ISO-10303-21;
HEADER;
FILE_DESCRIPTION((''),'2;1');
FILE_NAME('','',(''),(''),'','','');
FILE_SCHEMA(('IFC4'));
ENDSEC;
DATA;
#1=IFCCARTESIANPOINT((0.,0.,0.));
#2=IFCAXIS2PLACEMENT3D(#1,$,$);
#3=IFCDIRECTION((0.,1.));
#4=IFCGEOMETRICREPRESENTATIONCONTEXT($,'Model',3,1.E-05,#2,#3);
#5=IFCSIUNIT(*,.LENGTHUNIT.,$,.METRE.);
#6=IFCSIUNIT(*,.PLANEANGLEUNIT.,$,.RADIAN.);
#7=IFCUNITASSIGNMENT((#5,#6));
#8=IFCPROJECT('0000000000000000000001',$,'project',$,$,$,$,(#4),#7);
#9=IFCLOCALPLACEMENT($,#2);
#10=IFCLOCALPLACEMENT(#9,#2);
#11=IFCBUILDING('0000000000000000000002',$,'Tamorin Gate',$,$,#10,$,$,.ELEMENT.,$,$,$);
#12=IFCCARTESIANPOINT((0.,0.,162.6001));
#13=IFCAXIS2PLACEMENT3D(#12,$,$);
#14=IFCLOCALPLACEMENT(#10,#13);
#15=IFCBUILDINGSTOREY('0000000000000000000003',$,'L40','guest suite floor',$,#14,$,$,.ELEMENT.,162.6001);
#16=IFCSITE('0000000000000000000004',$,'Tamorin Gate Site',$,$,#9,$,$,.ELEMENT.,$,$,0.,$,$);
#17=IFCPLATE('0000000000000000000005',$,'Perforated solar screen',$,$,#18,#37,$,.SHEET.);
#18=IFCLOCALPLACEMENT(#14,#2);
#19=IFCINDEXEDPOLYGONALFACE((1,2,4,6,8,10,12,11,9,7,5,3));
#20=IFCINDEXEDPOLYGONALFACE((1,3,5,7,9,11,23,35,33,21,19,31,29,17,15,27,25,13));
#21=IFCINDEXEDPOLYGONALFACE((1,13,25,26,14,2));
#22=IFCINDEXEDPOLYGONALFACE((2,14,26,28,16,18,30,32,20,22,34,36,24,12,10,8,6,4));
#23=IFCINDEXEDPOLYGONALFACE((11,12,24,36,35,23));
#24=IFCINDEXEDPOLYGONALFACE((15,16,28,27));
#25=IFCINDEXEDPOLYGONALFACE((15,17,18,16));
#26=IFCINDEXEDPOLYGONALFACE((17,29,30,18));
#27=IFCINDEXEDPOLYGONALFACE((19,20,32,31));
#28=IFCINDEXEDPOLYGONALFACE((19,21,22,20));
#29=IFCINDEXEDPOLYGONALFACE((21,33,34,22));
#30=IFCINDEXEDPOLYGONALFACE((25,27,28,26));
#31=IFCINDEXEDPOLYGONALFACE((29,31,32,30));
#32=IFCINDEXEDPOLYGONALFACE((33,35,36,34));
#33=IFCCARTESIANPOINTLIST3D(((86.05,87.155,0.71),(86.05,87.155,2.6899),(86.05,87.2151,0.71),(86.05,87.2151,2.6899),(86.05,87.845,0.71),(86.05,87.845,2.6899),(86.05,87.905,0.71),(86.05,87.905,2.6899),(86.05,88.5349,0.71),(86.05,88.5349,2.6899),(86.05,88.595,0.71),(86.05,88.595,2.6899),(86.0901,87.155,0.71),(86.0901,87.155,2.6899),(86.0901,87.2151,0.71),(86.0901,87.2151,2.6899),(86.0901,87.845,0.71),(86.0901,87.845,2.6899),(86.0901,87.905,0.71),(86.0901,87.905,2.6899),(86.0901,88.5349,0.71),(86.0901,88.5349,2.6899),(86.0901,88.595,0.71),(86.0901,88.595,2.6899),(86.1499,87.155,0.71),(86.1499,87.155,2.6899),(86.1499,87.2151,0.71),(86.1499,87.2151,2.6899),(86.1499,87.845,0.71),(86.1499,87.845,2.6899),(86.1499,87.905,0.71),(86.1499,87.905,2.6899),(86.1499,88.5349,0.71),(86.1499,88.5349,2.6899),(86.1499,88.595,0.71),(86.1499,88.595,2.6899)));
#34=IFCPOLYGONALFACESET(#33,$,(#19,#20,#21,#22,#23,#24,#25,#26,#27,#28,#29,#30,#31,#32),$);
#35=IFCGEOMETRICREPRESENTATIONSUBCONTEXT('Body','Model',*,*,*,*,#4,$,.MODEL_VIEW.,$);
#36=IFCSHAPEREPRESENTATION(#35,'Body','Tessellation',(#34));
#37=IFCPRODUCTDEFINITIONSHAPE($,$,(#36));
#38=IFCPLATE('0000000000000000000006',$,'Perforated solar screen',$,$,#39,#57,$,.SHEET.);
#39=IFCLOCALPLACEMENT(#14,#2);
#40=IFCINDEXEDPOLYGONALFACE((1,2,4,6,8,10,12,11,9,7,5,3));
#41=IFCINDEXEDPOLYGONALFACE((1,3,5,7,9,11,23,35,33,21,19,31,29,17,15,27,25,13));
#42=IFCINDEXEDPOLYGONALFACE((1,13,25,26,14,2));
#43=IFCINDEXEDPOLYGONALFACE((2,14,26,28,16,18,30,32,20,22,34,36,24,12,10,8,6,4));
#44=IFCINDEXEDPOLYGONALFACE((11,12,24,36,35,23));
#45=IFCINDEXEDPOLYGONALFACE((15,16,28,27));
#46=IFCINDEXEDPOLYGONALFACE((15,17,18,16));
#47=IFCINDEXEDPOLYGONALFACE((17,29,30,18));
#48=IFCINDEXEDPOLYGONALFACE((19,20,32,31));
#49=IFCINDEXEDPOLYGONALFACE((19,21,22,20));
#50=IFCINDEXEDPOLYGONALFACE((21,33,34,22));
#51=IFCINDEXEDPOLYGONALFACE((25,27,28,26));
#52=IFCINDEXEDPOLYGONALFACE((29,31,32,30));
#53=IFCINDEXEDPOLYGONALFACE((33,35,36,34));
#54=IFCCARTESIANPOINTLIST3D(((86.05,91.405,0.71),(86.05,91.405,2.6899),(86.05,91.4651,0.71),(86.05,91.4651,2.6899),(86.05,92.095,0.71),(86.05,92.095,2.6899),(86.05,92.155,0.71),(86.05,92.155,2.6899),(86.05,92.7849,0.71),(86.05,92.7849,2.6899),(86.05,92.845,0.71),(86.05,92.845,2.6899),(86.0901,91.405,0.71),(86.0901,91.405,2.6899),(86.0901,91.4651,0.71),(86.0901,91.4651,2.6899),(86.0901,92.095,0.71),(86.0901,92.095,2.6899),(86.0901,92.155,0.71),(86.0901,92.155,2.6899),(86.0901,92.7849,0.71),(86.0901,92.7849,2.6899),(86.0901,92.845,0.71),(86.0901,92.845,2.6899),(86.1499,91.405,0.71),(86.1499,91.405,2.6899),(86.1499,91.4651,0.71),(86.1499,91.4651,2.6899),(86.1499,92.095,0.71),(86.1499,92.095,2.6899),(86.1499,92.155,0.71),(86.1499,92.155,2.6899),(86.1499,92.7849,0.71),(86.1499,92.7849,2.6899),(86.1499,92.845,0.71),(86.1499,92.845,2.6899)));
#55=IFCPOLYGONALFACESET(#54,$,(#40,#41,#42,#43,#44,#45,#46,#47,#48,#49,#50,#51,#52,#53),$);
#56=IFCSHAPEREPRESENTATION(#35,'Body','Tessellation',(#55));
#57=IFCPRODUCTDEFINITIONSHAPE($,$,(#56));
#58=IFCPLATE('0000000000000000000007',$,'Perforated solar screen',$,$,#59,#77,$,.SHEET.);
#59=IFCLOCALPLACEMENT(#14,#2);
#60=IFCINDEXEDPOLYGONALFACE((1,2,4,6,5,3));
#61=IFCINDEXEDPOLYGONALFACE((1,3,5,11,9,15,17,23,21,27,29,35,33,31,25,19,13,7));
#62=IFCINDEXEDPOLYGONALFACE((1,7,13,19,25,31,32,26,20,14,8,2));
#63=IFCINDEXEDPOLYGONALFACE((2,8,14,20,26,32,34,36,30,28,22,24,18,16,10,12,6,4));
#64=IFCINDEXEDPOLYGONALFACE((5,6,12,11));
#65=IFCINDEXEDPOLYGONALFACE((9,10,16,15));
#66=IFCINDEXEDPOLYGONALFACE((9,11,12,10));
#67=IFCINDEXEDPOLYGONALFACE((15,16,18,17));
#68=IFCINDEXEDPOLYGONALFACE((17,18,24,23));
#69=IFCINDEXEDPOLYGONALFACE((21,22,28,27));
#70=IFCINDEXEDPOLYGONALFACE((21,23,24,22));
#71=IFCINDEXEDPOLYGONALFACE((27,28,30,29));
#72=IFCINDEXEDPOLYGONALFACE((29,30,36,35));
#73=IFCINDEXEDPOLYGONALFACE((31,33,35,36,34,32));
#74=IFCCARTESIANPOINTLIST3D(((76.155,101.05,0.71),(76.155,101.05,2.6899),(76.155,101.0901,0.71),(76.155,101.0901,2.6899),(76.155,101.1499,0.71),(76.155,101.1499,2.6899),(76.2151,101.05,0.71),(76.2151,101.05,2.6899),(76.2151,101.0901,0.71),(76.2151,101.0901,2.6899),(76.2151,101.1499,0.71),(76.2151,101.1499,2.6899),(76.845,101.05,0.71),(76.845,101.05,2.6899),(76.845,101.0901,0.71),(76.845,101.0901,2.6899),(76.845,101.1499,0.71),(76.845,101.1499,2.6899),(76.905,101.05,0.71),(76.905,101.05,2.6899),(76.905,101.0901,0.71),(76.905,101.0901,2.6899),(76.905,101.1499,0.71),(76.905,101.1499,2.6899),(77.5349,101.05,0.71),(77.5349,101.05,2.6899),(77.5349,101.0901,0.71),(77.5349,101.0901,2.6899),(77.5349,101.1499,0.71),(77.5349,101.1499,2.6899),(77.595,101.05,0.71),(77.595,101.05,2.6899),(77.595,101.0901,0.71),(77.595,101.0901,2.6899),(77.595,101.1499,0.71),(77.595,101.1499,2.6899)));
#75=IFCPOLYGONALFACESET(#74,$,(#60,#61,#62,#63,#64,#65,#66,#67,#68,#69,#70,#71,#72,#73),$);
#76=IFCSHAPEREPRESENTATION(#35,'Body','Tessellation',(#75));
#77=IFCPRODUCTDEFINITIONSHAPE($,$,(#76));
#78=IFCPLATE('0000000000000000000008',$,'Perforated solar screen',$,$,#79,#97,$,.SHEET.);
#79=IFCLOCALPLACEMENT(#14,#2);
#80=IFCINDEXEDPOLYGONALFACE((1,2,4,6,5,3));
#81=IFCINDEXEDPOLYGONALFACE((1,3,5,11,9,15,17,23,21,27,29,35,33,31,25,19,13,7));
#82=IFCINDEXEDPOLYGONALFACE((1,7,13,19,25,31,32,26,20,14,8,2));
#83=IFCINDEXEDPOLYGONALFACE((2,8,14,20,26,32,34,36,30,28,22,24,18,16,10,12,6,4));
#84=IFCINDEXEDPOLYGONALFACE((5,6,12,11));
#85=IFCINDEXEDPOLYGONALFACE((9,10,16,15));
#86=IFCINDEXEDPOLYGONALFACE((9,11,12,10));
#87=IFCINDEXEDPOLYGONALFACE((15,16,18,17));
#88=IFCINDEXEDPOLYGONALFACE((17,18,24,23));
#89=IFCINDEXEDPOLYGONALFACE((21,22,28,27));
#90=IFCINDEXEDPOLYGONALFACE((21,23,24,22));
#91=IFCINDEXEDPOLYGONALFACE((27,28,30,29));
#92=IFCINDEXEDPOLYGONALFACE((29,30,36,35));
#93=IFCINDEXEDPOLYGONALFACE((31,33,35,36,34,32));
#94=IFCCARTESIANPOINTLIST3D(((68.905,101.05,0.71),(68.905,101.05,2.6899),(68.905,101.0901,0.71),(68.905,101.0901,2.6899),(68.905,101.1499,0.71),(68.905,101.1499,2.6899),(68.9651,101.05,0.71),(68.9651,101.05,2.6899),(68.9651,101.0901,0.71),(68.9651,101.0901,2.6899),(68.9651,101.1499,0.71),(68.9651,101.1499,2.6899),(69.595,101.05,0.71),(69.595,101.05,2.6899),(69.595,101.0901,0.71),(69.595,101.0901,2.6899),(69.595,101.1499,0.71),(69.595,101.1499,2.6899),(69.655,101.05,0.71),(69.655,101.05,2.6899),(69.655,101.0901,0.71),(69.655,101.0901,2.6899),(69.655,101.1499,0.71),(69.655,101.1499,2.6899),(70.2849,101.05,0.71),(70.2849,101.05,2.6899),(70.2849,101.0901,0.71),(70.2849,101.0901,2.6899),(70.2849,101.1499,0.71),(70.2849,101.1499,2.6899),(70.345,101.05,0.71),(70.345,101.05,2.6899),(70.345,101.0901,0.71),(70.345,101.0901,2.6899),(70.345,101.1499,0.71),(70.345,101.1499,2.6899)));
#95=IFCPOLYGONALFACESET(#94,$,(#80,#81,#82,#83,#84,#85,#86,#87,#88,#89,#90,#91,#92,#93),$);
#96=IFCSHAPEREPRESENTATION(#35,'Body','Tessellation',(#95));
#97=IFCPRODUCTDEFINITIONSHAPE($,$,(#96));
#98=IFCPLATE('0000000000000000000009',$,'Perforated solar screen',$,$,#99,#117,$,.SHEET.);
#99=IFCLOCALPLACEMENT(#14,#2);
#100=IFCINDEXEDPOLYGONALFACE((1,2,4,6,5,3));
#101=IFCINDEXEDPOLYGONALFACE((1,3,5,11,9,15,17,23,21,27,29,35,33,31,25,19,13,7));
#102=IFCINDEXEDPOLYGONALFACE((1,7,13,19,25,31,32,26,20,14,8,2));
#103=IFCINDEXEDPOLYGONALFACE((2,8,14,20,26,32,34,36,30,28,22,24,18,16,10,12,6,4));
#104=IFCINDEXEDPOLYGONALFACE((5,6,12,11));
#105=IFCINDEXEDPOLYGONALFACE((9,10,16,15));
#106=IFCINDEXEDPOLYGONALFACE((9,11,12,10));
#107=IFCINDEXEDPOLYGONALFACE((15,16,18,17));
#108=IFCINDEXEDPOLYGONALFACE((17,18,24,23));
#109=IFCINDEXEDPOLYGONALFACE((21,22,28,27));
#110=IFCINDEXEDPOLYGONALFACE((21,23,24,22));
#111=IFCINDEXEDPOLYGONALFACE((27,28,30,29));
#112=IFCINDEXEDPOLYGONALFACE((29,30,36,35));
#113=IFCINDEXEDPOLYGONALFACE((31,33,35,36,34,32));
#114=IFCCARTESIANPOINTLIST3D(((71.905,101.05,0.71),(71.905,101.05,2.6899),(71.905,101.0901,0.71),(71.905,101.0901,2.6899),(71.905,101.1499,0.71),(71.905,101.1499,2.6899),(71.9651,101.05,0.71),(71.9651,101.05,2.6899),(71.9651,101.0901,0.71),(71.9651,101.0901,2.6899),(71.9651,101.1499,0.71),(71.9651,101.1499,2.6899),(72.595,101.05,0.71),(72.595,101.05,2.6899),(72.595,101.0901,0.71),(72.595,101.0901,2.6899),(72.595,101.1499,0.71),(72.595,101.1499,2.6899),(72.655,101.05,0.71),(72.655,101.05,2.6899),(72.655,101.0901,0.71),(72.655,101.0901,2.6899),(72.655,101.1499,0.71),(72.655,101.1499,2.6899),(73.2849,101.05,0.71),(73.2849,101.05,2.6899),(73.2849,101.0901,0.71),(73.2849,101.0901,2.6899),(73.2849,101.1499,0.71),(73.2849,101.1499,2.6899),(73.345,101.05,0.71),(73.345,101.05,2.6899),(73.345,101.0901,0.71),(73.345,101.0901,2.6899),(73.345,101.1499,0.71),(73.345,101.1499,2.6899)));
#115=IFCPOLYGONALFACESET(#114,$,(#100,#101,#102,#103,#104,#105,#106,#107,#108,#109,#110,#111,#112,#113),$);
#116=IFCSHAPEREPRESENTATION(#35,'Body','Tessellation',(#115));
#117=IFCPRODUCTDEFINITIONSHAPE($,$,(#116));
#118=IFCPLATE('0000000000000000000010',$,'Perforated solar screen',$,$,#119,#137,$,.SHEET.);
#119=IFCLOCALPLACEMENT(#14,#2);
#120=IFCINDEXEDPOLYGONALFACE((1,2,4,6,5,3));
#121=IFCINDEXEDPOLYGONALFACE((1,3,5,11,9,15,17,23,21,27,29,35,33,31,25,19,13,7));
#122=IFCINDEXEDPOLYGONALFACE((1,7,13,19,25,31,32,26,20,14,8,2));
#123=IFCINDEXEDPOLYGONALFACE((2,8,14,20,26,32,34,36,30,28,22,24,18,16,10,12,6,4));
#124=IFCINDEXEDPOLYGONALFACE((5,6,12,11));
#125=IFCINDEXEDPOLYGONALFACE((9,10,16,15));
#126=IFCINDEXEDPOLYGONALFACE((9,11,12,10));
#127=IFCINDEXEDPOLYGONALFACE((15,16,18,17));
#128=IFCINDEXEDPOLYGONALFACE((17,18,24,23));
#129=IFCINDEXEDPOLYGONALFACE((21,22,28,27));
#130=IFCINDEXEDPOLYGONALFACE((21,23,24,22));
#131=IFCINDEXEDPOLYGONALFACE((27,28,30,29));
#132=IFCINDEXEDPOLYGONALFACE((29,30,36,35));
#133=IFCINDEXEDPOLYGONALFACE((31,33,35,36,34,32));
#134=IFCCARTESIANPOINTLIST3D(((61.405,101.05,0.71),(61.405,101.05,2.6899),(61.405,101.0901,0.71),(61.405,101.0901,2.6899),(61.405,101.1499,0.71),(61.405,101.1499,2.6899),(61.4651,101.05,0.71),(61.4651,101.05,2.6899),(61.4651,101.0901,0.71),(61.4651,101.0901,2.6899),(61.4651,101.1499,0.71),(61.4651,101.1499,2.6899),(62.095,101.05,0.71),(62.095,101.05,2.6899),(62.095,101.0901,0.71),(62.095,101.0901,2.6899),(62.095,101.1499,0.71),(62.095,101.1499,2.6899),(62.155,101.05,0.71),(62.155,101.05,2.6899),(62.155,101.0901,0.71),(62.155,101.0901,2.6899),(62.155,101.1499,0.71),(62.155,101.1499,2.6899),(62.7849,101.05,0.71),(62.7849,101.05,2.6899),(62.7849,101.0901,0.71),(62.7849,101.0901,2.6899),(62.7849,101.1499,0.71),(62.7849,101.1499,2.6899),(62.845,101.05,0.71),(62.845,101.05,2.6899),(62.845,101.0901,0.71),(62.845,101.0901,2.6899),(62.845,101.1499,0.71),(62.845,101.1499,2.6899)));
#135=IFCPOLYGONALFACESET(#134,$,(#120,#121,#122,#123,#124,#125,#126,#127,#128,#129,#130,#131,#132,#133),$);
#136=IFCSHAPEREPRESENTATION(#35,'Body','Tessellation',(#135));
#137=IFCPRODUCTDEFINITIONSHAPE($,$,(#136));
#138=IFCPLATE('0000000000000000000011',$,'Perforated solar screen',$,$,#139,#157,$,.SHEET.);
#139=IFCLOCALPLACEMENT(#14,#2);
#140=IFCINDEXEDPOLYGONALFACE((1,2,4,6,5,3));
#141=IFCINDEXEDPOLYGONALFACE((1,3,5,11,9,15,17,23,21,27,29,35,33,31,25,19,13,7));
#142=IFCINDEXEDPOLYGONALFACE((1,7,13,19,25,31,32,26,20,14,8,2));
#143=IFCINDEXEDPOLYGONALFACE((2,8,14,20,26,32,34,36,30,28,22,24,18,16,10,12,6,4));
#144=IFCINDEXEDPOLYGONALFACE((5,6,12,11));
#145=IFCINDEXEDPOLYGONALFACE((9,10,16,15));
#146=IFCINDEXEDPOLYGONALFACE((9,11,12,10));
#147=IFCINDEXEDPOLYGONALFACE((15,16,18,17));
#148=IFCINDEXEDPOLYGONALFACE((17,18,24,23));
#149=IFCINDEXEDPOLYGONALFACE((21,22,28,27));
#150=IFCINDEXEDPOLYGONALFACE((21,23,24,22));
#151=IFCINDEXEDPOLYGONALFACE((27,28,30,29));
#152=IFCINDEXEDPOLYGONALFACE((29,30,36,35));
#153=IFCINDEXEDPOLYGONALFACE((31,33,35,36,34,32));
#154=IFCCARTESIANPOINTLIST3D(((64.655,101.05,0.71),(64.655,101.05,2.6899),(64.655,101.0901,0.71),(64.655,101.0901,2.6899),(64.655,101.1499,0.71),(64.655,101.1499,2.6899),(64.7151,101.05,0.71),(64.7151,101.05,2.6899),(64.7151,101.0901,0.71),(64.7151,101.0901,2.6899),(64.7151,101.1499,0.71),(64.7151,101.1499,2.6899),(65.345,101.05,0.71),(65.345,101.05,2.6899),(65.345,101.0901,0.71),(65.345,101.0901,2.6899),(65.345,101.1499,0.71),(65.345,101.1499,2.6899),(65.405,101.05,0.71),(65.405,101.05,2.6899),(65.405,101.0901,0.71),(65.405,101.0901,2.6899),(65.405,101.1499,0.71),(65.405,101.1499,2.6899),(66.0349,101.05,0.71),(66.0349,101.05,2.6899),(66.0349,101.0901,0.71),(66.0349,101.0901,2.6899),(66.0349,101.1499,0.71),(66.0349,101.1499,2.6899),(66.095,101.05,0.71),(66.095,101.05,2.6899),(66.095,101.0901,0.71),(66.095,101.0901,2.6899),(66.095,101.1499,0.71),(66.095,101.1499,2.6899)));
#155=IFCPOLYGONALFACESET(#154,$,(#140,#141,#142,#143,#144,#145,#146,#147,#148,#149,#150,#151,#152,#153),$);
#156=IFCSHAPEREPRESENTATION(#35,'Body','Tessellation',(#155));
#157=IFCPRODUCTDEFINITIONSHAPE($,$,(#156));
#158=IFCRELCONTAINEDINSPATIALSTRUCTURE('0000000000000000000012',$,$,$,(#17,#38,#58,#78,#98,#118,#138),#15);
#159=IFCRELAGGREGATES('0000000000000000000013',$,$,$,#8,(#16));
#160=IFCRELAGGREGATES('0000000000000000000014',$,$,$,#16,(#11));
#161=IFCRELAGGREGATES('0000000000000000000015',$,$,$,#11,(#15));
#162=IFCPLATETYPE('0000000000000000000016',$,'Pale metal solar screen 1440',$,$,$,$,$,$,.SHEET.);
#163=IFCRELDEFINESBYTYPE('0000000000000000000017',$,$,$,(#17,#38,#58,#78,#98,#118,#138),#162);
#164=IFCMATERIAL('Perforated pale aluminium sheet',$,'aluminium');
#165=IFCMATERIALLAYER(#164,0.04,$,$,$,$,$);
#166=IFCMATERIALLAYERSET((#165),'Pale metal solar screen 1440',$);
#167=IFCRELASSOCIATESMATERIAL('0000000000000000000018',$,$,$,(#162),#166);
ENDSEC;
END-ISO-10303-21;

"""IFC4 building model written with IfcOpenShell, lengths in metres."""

from ifc_helpers import new_model, si_unit, direction, frame, origin, place, context, subcontext, project, spatial, polyline, outline, extrude, material, layer, layer_set, type_object, element, save


model = new_model("IFC4")

# Units and contexts
model_context = context("Model", 3, precision=1e-05, world=origin(), true_north=direction((0.0, 1.0)))
body_context = subcontext(model_context, "Body", "Model", "MODEL_VIEW")
ifc_project = project(units=[si_unit("LENGTHUNIT", "METRE"), si_unit("PLANEANGLEUNIT", "RADIAN")], contexts=[model_context])

# Site, building, storey
site_placement = place(None, origin())
site = spatial("IfcSite", under=ifc_project, at=site_placement, Name="Tamorin Gate Site", CompositionType="ELEMENT", RefElevation=0.0)
building_placement = place(site_placement, origin())
building = spatial("IfcBuilding", under=site, at=building_placement, Name="Tamorin Gate", CompositionType="ELEMENT")
storey_placement = place(building_placement, frame((0.0, 0.0, 162.6001)))
storey = spatial("IfcBuildingStorey", under=building, at=storey_placement, Name="L40", Description="guest suite floor", CompositionType="ELEMENT", Elevation=162.6001)

# Plates
ifc_material = material(Name="Perforated pale aluminium sheet", Category="aluminium")
ifc_layer_1 = layer(ifc_material, 0.04)
ifc_layer_set_1 = layer_set([ifc_layer_1], Name="Pale metal solar screen 1440")
plate_type_1 = type_object("IfcPlateType", Name="Pale metal solar screen 1440", PredefinedType="SHEET", material=ifc_layer_set_1)
plate_1_placement = place(storey_placement, frame((0.0, 0.0, 0.71)))
element("IfcPlate", 1, at=plate_1_placement, inside=storey, type_object=plate_type_1, Name="Perforated solar screen", PredefinedType="SHEET", context=body_context, shape_type="SweptSolid", body=[
    extrude(outline(polyline([(86.0901, 87.155), (86.05, 87.155), (86.05, 87.2151), (86.05, 87.845), (86.05, 87.905), (86.05, 88.5349), (86.05, 88.595), (86.0901, 88.595), (86.1499, 88.595), (86.1499, 88.5349), (86.0901, 88.5349), (86.0901, 87.905), (86.1499, 87.905), (86.1499, 87.845), (86.0901, 87.845), (86.0901, 87.2151), (86.1499, 87.2151), (86.1499, 87.155), (86.0901, 87.155)])), origin(), (0.0, 0.0, 1.0), 1.98),
])
plate_2_placement = place(storey_placement, frame((0.0, 0.0, 0.71)))
element("IfcPlate", 2, at=plate_2_placement, inside=storey, type_object=plate_type_1, Name="Perforated solar screen", PredefinedType="SHEET", context=body_context, shape_type="SweptSolid", body=[
    extrude(outline(polyline([(86.0901, 91.405), (86.05, 91.405), (86.05, 91.4651), (86.05, 92.095), (86.05, 92.155), (86.05, 92.7849), (86.05, 92.845), (86.0901, 92.845), (86.1499, 92.845), (86.1499, 92.7849), (86.0901, 92.7849), (86.0901, 92.155), (86.1499, 92.155), (86.1499, 92.095), (86.0901, 92.095), (86.0901, 91.4651), (86.1499, 91.4651), (86.1499, 91.405), (86.0901, 91.405)])), origin(), (0.0, 0.0, 1.0), 1.98),
])
plate_3_placement = place(storey_placement, frame((0.0, 0.0, 0.71)))
element("IfcPlate", 3, at=plate_3_placement, inside=storey, type_object=plate_type_1, Name="Perforated solar screen", PredefinedType="SHEET", context=body_context, shape_type="SweptSolid", body=[
    extrude(outline(polyline([(77.595, 101.0901), (77.595, 101.05), (77.5349, 101.05), (76.905, 101.05), (76.845, 101.05), (76.2151, 101.05), (76.155, 101.05), (76.155, 101.05), (76.155, 101.0901), (76.155, 101.0901), (76.155, 101.1499), (76.2151, 101.1499), (76.2151, 101.0901), (76.845, 101.0901), (76.845, 101.1499), (76.905, 101.1499), (76.905, 101.0901), (77.5349, 101.0901), (77.5349, 101.1499), (77.595, 101.1499), (77.595, 101.0901)])), origin(), (0.0, 0.0, 1.0), 1.98),
])
plate_4_placement = place(storey_placement, frame((0.0, 0.0, 0.71)))
element("IfcPlate", 4, at=plate_4_placement, inside=storey, type_object=plate_type_1, Name="Perforated solar screen", PredefinedType="SHEET", context=body_context, shape_type="SweptSolid", body=[
    extrude(outline(polyline([(70.345, 101.0901), (70.345, 101.05), (70.2849, 101.05), (69.655, 101.05), (69.595, 101.05), (68.9651, 101.05), (68.905, 101.05), (68.905, 101.0901), (68.905, 101.1499), (68.9651, 101.1499), (68.9651, 101.0901), (69.595, 101.0901), (69.595, 101.1499), (69.655, 101.1499), (69.655, 101.0901), (70.2849, 101.0901), (70.2849, 101.1499), (70.345, 101.1499), (70.345, 101.0901)])), origin(), (0.0, 0.0, 1.0), 1.98),
])
plate_5_placement = place(storey_placement, frame((0.0, 0.0, 0.71)))
element("IfcPlate", 5, at=plate_5_placement, inside=storey, type_object=plate_type_1, Name="Perforated solar screen", PredefinedType="SHEET", context=body_context, shape_type="SweptSolid", body=[
    extrude(outline(polyline([(73.345, 101.0901), (73.345, 101.05), (73.2849, 101.05), (72.655, 101.05), (72.595, 101.05), (71.9651, 101.05), (71.905, 101.05), (71.905, 101.0901), (71.905, 101.1499), (71.9651, 101.1499), (71.9651, 101.0901), (72.595, 101.0901), (72.595, 101.1499), (72.655, 101.1499), (72.655, 101.0901), (73.2849, 101.0901), (73.2849, 101.1499), (73.345, 101.1499), (73.345, 101.0901)])), origin(), (0.0, 0.0, 1.0), 1.98),
])
plate_6_placement = place(storey_placement, frame((0.0, 0.0, 0.71)))
element("IfcPlate", 6, at=plate_6_placement, inside=storey, type_object=plate_type_1, Name="Perforated solar screen", PredefinedType="SHEET", context=body_context, shape_type="SweptSolid", body=[
    extrude(outline(polyline([(62.845, 101.0901), (62.845, 101.05), (62.7849, 101.05), (62.155, 101.05), (62.095, 101.05), (61.4651, 101.05), (61.405, 101.05), (61.405, 101.0901), (61.405, 101.1499), (61.4651, 101.1499), (61.4651, 101.0901), (62.095, 101.0901), (62.095, 101.1499), (62.155, 101.1499), (62.155, 101.0901), (62.7849, 101.0901), (62.7849, 101.1499), (62.845, 101.1499), (62.845, 101.0901)])), origin(), (0.0, 0.0, 1.0), 1.98),
])
plate_7_placement = place(storey_placement, frame((0.0, 0.0, 0.71)))
element("IfcPlate", 7, at=plate_7_placement, inside=storey, type_object=plate_type_1, Name="Perforated solar screen", PredefinedType="SHEET", context=body_context, shape_type="SweptSolid", body=[
    extrude(outline(polyline([(66.095, 101.0901), (66.095, 101.05), (66.0349, 101.05), (65.405, 101.05), (65.345, 101.05), (64.7151, 101.05), (64.655, 101.05), (64.655, 101.0901), (64.655, 101.1499), (64.7151, 101.1499), (64.7151, 101.0901), (65.345, 101.0901), (65.345, 101.1499), (65.405, 101.1499), (65.405, 101.0901), (66.0349, 101.0901), (66.0349, 101.1499), (66.095, 101.1499), (66.095, 101.0901)])), origin(), (0.0, 0.0, 1.0), 1.98),
])

save(model, "model.ifc")
